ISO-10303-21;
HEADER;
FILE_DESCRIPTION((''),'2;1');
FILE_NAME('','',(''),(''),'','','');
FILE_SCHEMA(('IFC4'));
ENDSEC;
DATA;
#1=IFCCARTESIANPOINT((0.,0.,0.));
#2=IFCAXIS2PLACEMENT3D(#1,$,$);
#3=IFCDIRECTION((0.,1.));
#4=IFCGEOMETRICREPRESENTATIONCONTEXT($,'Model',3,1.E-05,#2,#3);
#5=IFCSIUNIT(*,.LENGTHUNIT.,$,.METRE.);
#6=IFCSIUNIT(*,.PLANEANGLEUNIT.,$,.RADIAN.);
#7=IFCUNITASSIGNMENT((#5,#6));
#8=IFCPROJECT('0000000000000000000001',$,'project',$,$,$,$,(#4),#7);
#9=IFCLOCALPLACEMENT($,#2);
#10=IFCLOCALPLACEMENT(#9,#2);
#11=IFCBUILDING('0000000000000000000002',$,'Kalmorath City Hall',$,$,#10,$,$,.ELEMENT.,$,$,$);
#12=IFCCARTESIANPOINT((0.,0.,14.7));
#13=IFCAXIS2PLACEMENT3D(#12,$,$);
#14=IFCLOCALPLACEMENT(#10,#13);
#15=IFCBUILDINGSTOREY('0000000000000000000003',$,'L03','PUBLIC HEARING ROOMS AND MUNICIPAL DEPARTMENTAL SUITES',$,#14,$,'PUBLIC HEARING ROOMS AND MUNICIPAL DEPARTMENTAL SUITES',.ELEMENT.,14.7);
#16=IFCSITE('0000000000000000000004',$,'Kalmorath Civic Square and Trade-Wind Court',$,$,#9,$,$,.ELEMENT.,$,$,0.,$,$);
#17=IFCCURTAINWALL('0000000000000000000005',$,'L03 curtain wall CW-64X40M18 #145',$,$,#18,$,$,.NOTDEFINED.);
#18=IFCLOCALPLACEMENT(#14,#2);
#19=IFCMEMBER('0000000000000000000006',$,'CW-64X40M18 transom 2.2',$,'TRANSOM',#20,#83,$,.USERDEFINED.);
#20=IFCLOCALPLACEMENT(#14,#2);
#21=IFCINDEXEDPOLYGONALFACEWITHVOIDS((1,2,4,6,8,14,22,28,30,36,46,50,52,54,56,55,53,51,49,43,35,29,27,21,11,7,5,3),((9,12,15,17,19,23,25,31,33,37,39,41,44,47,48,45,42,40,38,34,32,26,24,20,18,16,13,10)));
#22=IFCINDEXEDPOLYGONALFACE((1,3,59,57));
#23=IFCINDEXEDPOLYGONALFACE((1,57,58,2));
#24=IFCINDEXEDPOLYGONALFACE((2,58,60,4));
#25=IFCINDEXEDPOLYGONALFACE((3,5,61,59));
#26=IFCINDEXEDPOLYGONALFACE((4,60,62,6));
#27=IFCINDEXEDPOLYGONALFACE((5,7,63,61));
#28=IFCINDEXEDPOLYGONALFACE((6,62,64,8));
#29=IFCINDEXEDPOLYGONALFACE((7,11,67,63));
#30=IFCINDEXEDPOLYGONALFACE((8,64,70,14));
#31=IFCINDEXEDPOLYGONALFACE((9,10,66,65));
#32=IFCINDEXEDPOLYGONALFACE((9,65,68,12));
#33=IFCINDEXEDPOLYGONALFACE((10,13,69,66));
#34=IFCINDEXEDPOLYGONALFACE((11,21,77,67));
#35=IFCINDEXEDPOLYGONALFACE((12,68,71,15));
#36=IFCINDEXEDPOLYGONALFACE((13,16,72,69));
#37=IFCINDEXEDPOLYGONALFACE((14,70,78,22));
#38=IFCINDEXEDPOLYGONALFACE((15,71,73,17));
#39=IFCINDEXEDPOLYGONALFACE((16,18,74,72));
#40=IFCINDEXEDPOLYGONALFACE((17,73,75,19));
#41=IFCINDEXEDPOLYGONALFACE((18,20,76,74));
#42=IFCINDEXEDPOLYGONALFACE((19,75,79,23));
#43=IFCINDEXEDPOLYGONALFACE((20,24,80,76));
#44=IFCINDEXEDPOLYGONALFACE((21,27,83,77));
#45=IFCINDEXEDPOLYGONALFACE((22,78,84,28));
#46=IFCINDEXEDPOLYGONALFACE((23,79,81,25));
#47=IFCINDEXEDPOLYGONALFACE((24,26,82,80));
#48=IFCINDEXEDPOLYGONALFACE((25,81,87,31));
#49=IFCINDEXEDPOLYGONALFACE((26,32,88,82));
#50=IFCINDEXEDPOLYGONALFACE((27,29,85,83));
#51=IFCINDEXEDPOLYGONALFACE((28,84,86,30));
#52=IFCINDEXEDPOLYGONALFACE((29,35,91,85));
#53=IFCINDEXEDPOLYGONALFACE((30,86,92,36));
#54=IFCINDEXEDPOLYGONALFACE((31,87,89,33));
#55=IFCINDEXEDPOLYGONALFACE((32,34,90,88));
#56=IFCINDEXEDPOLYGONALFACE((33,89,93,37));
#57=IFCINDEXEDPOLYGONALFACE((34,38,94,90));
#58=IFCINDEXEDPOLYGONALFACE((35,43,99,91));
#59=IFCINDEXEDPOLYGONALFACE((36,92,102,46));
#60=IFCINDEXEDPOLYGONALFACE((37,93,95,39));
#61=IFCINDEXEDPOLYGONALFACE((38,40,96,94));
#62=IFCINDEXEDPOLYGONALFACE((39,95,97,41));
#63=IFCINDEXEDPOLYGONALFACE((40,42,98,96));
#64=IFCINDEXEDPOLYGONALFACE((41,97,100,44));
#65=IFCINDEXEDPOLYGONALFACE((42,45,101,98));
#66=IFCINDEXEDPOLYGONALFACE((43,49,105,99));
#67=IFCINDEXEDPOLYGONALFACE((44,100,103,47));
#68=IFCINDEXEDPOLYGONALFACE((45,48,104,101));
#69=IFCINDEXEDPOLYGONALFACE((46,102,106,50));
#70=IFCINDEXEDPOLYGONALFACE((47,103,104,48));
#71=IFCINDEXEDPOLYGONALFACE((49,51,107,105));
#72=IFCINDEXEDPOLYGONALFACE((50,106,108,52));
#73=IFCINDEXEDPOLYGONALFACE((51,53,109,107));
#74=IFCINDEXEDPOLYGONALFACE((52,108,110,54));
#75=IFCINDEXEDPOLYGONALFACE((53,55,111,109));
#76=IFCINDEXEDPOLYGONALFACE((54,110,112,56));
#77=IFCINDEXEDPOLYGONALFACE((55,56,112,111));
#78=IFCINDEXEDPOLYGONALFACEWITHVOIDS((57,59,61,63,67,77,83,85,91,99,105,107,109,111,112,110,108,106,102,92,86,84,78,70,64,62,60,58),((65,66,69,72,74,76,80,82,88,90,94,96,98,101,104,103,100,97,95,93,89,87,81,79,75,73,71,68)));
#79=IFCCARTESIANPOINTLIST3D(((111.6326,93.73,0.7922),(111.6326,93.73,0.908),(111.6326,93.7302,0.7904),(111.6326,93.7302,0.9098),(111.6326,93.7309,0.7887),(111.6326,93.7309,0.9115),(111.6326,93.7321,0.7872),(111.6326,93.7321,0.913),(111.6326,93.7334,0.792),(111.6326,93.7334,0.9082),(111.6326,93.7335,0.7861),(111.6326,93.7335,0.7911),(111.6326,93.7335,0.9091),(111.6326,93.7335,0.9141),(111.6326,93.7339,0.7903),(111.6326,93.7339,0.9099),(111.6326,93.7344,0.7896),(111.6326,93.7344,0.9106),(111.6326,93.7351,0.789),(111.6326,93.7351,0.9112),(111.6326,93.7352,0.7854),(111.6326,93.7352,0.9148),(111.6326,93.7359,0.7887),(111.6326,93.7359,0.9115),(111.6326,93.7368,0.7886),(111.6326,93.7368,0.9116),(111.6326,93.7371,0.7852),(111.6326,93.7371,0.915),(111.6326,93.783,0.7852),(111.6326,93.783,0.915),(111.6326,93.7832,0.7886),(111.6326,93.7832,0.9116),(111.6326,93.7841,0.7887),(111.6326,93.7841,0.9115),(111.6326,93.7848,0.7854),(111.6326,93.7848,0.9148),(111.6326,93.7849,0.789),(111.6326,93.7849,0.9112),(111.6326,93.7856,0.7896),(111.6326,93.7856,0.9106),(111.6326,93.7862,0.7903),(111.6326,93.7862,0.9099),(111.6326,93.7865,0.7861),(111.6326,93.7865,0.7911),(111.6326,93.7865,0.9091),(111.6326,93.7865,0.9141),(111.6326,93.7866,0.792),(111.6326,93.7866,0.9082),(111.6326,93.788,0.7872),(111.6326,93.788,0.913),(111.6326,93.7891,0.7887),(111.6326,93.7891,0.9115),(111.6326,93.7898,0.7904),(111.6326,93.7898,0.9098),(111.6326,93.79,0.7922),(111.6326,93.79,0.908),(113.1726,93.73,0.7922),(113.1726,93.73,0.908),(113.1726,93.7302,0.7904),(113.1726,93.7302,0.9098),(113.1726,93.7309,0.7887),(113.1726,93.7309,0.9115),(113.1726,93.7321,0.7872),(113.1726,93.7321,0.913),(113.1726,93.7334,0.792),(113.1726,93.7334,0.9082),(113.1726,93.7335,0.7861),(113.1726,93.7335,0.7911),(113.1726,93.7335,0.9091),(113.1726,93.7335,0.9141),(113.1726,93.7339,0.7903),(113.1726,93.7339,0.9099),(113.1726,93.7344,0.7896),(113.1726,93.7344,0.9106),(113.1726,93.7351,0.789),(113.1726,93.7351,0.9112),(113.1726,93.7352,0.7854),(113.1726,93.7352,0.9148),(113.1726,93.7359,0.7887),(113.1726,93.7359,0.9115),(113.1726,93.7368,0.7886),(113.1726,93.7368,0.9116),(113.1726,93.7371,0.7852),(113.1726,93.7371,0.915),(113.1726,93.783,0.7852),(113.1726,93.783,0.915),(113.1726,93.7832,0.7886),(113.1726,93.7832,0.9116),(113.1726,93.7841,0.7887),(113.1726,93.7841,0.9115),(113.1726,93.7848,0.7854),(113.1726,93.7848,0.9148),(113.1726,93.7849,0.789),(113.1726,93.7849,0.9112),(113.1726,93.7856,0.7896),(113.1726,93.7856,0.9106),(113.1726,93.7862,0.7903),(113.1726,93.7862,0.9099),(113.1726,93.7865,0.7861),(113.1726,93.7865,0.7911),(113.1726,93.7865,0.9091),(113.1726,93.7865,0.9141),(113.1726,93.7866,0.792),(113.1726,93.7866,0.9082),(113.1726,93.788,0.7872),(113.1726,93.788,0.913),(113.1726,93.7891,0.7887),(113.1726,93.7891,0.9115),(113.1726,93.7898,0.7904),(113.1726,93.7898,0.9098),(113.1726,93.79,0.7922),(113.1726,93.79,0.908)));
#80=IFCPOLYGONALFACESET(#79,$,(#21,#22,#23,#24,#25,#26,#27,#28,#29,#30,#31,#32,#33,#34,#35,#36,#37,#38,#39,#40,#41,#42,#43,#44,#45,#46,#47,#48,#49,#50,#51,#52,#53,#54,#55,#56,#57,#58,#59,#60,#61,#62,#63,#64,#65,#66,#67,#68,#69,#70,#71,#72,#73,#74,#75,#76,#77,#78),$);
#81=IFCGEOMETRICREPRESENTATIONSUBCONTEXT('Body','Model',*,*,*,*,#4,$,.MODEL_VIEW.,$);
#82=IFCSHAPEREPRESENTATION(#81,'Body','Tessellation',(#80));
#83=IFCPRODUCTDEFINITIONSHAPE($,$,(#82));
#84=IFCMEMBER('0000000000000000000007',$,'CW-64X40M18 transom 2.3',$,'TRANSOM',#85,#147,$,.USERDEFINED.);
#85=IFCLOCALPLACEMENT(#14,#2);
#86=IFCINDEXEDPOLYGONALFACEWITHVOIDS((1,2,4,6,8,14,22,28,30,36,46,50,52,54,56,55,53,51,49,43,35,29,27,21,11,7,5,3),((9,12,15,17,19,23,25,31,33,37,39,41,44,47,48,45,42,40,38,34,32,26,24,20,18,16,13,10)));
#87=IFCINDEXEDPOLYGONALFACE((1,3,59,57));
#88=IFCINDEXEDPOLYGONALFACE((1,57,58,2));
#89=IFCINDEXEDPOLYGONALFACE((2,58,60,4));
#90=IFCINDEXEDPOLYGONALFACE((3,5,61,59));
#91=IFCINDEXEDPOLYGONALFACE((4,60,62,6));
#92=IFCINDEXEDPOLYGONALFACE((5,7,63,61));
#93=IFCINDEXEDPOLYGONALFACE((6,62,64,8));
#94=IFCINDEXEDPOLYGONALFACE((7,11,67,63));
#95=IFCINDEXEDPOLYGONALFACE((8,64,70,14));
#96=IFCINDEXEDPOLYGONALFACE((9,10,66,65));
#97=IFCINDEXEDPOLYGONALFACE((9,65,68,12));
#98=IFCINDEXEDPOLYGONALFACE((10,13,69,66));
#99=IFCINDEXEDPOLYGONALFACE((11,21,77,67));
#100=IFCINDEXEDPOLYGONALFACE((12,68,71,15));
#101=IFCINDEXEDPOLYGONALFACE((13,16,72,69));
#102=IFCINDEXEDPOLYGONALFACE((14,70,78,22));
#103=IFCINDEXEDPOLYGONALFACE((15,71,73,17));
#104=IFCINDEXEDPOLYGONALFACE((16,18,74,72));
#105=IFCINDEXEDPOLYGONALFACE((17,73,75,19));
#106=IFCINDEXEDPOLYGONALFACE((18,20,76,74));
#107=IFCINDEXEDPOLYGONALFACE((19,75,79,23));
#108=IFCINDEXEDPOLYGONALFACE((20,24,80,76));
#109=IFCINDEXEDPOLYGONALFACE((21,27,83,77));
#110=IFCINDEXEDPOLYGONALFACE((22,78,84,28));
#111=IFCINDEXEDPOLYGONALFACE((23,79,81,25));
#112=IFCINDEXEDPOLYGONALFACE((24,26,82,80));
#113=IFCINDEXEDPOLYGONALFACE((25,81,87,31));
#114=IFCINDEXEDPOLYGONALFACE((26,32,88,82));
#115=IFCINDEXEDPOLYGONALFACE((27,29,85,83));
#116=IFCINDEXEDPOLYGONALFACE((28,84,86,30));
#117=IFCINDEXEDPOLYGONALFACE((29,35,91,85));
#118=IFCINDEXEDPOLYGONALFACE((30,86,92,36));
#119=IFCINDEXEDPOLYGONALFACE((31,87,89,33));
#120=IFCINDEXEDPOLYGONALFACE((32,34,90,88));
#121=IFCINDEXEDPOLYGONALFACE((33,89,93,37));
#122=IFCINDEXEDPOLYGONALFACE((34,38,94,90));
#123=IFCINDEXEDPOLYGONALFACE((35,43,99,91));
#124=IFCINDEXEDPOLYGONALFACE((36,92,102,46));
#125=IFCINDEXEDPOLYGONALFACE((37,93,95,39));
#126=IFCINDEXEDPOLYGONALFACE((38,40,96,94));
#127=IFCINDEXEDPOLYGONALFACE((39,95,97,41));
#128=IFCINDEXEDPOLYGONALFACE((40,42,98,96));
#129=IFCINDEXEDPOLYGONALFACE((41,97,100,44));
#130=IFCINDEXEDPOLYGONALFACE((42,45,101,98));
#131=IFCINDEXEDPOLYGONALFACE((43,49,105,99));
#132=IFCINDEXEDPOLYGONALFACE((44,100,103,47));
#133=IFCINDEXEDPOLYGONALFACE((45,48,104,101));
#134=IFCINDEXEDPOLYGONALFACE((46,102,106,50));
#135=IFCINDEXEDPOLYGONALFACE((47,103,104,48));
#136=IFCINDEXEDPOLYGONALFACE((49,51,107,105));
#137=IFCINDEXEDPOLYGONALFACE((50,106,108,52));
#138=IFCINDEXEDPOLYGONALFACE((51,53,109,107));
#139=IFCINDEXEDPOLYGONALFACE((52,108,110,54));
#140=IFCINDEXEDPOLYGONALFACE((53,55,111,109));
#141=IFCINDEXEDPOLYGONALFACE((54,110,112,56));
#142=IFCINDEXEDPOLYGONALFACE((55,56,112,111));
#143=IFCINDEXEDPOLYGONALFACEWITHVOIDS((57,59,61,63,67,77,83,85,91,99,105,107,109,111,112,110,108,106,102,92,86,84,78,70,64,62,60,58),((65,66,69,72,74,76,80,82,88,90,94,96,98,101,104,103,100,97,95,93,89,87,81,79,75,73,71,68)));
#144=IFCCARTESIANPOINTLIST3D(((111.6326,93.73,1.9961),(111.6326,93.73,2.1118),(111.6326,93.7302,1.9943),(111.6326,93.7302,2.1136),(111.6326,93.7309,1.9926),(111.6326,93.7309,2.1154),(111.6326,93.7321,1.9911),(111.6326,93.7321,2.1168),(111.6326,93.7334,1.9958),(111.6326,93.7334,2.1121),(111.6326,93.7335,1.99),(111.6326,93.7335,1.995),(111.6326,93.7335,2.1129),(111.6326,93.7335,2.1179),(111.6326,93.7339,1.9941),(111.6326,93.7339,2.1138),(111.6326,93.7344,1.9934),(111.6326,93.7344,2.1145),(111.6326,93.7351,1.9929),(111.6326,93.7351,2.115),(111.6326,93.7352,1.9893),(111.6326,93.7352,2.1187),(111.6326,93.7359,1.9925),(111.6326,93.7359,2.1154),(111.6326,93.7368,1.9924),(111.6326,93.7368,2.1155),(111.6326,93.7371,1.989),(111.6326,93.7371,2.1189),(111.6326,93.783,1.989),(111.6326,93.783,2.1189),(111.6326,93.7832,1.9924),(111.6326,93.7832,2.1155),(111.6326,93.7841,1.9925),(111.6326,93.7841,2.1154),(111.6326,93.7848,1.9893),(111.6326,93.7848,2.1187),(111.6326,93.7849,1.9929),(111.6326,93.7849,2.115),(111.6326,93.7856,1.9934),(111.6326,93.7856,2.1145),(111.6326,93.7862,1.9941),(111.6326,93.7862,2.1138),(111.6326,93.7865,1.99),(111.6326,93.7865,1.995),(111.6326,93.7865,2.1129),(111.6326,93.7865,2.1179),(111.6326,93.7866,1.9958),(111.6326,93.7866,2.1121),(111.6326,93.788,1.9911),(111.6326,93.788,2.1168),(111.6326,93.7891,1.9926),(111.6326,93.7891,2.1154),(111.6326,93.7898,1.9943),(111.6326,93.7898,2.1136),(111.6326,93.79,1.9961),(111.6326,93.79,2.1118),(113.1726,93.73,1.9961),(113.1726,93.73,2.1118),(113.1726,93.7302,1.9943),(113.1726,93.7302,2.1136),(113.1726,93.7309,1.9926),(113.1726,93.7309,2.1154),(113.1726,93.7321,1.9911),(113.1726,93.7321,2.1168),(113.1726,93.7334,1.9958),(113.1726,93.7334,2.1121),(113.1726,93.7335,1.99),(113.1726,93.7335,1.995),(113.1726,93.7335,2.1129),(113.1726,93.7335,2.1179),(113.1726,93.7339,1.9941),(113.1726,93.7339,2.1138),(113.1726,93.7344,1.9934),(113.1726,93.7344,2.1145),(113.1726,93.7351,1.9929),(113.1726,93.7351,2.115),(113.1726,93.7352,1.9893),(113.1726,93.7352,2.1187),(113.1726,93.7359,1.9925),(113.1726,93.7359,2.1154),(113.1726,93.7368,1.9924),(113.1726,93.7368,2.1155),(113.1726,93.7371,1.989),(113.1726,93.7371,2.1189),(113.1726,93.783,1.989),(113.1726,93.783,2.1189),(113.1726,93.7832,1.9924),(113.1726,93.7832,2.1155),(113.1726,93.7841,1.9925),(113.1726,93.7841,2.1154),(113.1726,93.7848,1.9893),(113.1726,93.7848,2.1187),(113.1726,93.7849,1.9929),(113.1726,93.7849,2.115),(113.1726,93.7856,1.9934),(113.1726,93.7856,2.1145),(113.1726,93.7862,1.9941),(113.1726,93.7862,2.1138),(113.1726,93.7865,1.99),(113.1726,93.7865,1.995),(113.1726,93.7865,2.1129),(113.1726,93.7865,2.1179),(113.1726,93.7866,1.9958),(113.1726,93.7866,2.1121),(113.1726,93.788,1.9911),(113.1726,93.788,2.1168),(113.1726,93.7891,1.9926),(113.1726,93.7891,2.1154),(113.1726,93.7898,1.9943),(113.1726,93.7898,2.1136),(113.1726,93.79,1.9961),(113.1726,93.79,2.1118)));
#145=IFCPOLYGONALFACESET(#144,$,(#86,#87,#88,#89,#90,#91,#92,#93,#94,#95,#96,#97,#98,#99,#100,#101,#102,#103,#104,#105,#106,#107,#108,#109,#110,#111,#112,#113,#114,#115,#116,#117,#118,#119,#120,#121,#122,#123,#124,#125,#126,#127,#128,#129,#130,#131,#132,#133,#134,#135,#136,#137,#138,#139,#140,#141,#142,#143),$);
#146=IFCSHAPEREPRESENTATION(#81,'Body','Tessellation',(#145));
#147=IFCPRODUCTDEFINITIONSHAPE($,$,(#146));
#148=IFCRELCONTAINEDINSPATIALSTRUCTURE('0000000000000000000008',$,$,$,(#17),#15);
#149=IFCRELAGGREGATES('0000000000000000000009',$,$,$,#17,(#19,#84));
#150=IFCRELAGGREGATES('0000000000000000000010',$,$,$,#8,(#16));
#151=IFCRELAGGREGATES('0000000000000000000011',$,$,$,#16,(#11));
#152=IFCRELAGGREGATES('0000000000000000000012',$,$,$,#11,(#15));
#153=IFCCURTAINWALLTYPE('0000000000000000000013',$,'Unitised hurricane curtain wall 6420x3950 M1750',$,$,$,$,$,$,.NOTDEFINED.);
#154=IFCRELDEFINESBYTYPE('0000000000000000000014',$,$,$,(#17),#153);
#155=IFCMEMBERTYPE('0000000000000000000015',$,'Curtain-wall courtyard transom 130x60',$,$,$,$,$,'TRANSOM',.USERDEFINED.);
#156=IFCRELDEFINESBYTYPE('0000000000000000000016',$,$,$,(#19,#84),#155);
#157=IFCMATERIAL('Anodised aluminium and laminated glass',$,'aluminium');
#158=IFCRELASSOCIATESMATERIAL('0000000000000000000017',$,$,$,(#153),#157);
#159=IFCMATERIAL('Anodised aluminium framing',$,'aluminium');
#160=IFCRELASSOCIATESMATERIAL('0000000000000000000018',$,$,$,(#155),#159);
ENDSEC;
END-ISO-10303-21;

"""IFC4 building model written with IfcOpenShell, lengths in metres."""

from ifc_helpers import new_model, si_unit, direction, frame, origin, origin_2d, place, context, subcontext, project, spatial, hollow_rectangle, extrude, material, material_profile, profile_set, type_object, element, aggregate, save


model = new_model("IFC4")

# Units and contexts
model_context = context("Model", 3, precision=1e-05, world=origin(), true_north=direction((0.0, 1.0)))
body_context = subcontext(model_context, "Body", "Model", "MODEL_VIEW")
ifc_project = project(units=[si_unit("LENGTHUNIT", "METRE"), si_unit("PLANEANGLEUNIT", "RADIAN")], contexts=[model_context])

# Site, building, storey
site_placement = place(None, origin())
site = spatial("IfcSite", under=ifc_project, at=site_placement, Name="Kalmorath Civic Square and Trade-Wind Court", CompositionType="ELEMENT", RefElevation=0.0)
building_placement = place(site_placement, origin())
building = spatial("IfcBuilding", under=site, at=building_placement, Name="Kalmorath City Hall", CompositionType="ELEMENT")
storey_placement = place(building_placement, frame((0.0, 0.0, 14.7)))
storey = spatial("IfcBuildingStorey", under=building, at=storey_placement, Name="L03", Description="PUBLIC HEARING ROOMS AND MUNICIPAL DEPARTMENTAL SUITES", LongName="PUBLIC HEARING ROOMS AND MUNICIPAL DEPARTMENTAL SUITES", CompositionType="ELEMENT", Elevation=14.7)

# Curtain wall, members
ifc_material_1 = material(Name="Anodised aluminium and laminated glass", Category="aluminium")
curtain_wall_type = type_object("IfcCurtainWallType", Name="Unitised hurricane curtain wall 6420x3950 M1750", PredefinedType="NOTDEFINED", material=ifc_material_1)
curtain_wall_placement = place(storey_placement, origin())
curtain_wall = element("IfcCurtainWall", 1, at=curtain_wall_placement, inside=storey, type_object=curtain_wall_type, Name="L03 curtain wall CW-64X40M18 #145", PredefinedType="NOTDEFINED")
ifc_material_2 = material(Name="Anodised aluminium framing", Category="aluminium")
ifc_material_profile_1 = material_profile(ifc_material_2, hollow_rectangle(XDim=0.0601, YDim=0.1299, WallThickness=0.0034, InnerFilletRadius=0.0034, OuterFilletRadius=0.0071, at=origin_2d()), Name="ALU-TRN-130X60X3.5")
ifc_profile_set_1 = profile_set([ifc_material_profile_1], Name="Anodised aluminium framing")
member_type_1 = type_object("IfcMemberType", Name="Curtain-wall courtyard transom 130x60", ElementType="TRANSOM", PredefinedType="USERDEFINED", material=ifc_profile_set_1)
member_1_placement = place(storey_placement, frame((113.1726, 93.76, 0.8501), z_axis=(-1.0, 0.0, 0.0), x_axis=(0.0, -1.0, 0.0)))
member_1 = element("IfcMember", 2, at=member_1_placement, type_object=member_type_1, Name="CW-64X40M18 transom 2.2", ObjectType="TRANSOM", PredefinedType="USERDEFINED", context=body_context, shape_type="SweptSolid", body=[
    extrude(hollow_rectangle(XDim=0.0601, YDim=0.1299, WallThickness=0.0034, InnerFilletRadius=0.0034, OuterFilletRadius=0.0071, at=origin_2d()), origin(), (0.0, 0.0, 1.0), 1.54),
])
member_2_placement = place(storey_placement, frame((113.1726, 93.76, 2.054), z_axis=(-1.0, 0.0, 0.0), x_axis=(0.0, -1.0, 0.0)))
member_2 = element("IfcMember", 3, at=member_2_placement, type_object=member_type_1, Name="CW-64X40M18 transom 2.3", ObjectType="TRANSOM", PredefinedType="USERDEFINED", context=body_context, shape_type="SweptSolid", body=[
    extrude(hollow_rectangle(XDim=0.0601, YDim=0.1299, WallThickness=0.0034, InnerFilletRadius=0.0034, OuterFilletRadius=0.0071, at=origin_2d()), origin(), (0.0, 0.0, 1.0), 1.54),
])
aggregate(curtain_wall, [member_1, member_2])

save(model, "model.ifc")
